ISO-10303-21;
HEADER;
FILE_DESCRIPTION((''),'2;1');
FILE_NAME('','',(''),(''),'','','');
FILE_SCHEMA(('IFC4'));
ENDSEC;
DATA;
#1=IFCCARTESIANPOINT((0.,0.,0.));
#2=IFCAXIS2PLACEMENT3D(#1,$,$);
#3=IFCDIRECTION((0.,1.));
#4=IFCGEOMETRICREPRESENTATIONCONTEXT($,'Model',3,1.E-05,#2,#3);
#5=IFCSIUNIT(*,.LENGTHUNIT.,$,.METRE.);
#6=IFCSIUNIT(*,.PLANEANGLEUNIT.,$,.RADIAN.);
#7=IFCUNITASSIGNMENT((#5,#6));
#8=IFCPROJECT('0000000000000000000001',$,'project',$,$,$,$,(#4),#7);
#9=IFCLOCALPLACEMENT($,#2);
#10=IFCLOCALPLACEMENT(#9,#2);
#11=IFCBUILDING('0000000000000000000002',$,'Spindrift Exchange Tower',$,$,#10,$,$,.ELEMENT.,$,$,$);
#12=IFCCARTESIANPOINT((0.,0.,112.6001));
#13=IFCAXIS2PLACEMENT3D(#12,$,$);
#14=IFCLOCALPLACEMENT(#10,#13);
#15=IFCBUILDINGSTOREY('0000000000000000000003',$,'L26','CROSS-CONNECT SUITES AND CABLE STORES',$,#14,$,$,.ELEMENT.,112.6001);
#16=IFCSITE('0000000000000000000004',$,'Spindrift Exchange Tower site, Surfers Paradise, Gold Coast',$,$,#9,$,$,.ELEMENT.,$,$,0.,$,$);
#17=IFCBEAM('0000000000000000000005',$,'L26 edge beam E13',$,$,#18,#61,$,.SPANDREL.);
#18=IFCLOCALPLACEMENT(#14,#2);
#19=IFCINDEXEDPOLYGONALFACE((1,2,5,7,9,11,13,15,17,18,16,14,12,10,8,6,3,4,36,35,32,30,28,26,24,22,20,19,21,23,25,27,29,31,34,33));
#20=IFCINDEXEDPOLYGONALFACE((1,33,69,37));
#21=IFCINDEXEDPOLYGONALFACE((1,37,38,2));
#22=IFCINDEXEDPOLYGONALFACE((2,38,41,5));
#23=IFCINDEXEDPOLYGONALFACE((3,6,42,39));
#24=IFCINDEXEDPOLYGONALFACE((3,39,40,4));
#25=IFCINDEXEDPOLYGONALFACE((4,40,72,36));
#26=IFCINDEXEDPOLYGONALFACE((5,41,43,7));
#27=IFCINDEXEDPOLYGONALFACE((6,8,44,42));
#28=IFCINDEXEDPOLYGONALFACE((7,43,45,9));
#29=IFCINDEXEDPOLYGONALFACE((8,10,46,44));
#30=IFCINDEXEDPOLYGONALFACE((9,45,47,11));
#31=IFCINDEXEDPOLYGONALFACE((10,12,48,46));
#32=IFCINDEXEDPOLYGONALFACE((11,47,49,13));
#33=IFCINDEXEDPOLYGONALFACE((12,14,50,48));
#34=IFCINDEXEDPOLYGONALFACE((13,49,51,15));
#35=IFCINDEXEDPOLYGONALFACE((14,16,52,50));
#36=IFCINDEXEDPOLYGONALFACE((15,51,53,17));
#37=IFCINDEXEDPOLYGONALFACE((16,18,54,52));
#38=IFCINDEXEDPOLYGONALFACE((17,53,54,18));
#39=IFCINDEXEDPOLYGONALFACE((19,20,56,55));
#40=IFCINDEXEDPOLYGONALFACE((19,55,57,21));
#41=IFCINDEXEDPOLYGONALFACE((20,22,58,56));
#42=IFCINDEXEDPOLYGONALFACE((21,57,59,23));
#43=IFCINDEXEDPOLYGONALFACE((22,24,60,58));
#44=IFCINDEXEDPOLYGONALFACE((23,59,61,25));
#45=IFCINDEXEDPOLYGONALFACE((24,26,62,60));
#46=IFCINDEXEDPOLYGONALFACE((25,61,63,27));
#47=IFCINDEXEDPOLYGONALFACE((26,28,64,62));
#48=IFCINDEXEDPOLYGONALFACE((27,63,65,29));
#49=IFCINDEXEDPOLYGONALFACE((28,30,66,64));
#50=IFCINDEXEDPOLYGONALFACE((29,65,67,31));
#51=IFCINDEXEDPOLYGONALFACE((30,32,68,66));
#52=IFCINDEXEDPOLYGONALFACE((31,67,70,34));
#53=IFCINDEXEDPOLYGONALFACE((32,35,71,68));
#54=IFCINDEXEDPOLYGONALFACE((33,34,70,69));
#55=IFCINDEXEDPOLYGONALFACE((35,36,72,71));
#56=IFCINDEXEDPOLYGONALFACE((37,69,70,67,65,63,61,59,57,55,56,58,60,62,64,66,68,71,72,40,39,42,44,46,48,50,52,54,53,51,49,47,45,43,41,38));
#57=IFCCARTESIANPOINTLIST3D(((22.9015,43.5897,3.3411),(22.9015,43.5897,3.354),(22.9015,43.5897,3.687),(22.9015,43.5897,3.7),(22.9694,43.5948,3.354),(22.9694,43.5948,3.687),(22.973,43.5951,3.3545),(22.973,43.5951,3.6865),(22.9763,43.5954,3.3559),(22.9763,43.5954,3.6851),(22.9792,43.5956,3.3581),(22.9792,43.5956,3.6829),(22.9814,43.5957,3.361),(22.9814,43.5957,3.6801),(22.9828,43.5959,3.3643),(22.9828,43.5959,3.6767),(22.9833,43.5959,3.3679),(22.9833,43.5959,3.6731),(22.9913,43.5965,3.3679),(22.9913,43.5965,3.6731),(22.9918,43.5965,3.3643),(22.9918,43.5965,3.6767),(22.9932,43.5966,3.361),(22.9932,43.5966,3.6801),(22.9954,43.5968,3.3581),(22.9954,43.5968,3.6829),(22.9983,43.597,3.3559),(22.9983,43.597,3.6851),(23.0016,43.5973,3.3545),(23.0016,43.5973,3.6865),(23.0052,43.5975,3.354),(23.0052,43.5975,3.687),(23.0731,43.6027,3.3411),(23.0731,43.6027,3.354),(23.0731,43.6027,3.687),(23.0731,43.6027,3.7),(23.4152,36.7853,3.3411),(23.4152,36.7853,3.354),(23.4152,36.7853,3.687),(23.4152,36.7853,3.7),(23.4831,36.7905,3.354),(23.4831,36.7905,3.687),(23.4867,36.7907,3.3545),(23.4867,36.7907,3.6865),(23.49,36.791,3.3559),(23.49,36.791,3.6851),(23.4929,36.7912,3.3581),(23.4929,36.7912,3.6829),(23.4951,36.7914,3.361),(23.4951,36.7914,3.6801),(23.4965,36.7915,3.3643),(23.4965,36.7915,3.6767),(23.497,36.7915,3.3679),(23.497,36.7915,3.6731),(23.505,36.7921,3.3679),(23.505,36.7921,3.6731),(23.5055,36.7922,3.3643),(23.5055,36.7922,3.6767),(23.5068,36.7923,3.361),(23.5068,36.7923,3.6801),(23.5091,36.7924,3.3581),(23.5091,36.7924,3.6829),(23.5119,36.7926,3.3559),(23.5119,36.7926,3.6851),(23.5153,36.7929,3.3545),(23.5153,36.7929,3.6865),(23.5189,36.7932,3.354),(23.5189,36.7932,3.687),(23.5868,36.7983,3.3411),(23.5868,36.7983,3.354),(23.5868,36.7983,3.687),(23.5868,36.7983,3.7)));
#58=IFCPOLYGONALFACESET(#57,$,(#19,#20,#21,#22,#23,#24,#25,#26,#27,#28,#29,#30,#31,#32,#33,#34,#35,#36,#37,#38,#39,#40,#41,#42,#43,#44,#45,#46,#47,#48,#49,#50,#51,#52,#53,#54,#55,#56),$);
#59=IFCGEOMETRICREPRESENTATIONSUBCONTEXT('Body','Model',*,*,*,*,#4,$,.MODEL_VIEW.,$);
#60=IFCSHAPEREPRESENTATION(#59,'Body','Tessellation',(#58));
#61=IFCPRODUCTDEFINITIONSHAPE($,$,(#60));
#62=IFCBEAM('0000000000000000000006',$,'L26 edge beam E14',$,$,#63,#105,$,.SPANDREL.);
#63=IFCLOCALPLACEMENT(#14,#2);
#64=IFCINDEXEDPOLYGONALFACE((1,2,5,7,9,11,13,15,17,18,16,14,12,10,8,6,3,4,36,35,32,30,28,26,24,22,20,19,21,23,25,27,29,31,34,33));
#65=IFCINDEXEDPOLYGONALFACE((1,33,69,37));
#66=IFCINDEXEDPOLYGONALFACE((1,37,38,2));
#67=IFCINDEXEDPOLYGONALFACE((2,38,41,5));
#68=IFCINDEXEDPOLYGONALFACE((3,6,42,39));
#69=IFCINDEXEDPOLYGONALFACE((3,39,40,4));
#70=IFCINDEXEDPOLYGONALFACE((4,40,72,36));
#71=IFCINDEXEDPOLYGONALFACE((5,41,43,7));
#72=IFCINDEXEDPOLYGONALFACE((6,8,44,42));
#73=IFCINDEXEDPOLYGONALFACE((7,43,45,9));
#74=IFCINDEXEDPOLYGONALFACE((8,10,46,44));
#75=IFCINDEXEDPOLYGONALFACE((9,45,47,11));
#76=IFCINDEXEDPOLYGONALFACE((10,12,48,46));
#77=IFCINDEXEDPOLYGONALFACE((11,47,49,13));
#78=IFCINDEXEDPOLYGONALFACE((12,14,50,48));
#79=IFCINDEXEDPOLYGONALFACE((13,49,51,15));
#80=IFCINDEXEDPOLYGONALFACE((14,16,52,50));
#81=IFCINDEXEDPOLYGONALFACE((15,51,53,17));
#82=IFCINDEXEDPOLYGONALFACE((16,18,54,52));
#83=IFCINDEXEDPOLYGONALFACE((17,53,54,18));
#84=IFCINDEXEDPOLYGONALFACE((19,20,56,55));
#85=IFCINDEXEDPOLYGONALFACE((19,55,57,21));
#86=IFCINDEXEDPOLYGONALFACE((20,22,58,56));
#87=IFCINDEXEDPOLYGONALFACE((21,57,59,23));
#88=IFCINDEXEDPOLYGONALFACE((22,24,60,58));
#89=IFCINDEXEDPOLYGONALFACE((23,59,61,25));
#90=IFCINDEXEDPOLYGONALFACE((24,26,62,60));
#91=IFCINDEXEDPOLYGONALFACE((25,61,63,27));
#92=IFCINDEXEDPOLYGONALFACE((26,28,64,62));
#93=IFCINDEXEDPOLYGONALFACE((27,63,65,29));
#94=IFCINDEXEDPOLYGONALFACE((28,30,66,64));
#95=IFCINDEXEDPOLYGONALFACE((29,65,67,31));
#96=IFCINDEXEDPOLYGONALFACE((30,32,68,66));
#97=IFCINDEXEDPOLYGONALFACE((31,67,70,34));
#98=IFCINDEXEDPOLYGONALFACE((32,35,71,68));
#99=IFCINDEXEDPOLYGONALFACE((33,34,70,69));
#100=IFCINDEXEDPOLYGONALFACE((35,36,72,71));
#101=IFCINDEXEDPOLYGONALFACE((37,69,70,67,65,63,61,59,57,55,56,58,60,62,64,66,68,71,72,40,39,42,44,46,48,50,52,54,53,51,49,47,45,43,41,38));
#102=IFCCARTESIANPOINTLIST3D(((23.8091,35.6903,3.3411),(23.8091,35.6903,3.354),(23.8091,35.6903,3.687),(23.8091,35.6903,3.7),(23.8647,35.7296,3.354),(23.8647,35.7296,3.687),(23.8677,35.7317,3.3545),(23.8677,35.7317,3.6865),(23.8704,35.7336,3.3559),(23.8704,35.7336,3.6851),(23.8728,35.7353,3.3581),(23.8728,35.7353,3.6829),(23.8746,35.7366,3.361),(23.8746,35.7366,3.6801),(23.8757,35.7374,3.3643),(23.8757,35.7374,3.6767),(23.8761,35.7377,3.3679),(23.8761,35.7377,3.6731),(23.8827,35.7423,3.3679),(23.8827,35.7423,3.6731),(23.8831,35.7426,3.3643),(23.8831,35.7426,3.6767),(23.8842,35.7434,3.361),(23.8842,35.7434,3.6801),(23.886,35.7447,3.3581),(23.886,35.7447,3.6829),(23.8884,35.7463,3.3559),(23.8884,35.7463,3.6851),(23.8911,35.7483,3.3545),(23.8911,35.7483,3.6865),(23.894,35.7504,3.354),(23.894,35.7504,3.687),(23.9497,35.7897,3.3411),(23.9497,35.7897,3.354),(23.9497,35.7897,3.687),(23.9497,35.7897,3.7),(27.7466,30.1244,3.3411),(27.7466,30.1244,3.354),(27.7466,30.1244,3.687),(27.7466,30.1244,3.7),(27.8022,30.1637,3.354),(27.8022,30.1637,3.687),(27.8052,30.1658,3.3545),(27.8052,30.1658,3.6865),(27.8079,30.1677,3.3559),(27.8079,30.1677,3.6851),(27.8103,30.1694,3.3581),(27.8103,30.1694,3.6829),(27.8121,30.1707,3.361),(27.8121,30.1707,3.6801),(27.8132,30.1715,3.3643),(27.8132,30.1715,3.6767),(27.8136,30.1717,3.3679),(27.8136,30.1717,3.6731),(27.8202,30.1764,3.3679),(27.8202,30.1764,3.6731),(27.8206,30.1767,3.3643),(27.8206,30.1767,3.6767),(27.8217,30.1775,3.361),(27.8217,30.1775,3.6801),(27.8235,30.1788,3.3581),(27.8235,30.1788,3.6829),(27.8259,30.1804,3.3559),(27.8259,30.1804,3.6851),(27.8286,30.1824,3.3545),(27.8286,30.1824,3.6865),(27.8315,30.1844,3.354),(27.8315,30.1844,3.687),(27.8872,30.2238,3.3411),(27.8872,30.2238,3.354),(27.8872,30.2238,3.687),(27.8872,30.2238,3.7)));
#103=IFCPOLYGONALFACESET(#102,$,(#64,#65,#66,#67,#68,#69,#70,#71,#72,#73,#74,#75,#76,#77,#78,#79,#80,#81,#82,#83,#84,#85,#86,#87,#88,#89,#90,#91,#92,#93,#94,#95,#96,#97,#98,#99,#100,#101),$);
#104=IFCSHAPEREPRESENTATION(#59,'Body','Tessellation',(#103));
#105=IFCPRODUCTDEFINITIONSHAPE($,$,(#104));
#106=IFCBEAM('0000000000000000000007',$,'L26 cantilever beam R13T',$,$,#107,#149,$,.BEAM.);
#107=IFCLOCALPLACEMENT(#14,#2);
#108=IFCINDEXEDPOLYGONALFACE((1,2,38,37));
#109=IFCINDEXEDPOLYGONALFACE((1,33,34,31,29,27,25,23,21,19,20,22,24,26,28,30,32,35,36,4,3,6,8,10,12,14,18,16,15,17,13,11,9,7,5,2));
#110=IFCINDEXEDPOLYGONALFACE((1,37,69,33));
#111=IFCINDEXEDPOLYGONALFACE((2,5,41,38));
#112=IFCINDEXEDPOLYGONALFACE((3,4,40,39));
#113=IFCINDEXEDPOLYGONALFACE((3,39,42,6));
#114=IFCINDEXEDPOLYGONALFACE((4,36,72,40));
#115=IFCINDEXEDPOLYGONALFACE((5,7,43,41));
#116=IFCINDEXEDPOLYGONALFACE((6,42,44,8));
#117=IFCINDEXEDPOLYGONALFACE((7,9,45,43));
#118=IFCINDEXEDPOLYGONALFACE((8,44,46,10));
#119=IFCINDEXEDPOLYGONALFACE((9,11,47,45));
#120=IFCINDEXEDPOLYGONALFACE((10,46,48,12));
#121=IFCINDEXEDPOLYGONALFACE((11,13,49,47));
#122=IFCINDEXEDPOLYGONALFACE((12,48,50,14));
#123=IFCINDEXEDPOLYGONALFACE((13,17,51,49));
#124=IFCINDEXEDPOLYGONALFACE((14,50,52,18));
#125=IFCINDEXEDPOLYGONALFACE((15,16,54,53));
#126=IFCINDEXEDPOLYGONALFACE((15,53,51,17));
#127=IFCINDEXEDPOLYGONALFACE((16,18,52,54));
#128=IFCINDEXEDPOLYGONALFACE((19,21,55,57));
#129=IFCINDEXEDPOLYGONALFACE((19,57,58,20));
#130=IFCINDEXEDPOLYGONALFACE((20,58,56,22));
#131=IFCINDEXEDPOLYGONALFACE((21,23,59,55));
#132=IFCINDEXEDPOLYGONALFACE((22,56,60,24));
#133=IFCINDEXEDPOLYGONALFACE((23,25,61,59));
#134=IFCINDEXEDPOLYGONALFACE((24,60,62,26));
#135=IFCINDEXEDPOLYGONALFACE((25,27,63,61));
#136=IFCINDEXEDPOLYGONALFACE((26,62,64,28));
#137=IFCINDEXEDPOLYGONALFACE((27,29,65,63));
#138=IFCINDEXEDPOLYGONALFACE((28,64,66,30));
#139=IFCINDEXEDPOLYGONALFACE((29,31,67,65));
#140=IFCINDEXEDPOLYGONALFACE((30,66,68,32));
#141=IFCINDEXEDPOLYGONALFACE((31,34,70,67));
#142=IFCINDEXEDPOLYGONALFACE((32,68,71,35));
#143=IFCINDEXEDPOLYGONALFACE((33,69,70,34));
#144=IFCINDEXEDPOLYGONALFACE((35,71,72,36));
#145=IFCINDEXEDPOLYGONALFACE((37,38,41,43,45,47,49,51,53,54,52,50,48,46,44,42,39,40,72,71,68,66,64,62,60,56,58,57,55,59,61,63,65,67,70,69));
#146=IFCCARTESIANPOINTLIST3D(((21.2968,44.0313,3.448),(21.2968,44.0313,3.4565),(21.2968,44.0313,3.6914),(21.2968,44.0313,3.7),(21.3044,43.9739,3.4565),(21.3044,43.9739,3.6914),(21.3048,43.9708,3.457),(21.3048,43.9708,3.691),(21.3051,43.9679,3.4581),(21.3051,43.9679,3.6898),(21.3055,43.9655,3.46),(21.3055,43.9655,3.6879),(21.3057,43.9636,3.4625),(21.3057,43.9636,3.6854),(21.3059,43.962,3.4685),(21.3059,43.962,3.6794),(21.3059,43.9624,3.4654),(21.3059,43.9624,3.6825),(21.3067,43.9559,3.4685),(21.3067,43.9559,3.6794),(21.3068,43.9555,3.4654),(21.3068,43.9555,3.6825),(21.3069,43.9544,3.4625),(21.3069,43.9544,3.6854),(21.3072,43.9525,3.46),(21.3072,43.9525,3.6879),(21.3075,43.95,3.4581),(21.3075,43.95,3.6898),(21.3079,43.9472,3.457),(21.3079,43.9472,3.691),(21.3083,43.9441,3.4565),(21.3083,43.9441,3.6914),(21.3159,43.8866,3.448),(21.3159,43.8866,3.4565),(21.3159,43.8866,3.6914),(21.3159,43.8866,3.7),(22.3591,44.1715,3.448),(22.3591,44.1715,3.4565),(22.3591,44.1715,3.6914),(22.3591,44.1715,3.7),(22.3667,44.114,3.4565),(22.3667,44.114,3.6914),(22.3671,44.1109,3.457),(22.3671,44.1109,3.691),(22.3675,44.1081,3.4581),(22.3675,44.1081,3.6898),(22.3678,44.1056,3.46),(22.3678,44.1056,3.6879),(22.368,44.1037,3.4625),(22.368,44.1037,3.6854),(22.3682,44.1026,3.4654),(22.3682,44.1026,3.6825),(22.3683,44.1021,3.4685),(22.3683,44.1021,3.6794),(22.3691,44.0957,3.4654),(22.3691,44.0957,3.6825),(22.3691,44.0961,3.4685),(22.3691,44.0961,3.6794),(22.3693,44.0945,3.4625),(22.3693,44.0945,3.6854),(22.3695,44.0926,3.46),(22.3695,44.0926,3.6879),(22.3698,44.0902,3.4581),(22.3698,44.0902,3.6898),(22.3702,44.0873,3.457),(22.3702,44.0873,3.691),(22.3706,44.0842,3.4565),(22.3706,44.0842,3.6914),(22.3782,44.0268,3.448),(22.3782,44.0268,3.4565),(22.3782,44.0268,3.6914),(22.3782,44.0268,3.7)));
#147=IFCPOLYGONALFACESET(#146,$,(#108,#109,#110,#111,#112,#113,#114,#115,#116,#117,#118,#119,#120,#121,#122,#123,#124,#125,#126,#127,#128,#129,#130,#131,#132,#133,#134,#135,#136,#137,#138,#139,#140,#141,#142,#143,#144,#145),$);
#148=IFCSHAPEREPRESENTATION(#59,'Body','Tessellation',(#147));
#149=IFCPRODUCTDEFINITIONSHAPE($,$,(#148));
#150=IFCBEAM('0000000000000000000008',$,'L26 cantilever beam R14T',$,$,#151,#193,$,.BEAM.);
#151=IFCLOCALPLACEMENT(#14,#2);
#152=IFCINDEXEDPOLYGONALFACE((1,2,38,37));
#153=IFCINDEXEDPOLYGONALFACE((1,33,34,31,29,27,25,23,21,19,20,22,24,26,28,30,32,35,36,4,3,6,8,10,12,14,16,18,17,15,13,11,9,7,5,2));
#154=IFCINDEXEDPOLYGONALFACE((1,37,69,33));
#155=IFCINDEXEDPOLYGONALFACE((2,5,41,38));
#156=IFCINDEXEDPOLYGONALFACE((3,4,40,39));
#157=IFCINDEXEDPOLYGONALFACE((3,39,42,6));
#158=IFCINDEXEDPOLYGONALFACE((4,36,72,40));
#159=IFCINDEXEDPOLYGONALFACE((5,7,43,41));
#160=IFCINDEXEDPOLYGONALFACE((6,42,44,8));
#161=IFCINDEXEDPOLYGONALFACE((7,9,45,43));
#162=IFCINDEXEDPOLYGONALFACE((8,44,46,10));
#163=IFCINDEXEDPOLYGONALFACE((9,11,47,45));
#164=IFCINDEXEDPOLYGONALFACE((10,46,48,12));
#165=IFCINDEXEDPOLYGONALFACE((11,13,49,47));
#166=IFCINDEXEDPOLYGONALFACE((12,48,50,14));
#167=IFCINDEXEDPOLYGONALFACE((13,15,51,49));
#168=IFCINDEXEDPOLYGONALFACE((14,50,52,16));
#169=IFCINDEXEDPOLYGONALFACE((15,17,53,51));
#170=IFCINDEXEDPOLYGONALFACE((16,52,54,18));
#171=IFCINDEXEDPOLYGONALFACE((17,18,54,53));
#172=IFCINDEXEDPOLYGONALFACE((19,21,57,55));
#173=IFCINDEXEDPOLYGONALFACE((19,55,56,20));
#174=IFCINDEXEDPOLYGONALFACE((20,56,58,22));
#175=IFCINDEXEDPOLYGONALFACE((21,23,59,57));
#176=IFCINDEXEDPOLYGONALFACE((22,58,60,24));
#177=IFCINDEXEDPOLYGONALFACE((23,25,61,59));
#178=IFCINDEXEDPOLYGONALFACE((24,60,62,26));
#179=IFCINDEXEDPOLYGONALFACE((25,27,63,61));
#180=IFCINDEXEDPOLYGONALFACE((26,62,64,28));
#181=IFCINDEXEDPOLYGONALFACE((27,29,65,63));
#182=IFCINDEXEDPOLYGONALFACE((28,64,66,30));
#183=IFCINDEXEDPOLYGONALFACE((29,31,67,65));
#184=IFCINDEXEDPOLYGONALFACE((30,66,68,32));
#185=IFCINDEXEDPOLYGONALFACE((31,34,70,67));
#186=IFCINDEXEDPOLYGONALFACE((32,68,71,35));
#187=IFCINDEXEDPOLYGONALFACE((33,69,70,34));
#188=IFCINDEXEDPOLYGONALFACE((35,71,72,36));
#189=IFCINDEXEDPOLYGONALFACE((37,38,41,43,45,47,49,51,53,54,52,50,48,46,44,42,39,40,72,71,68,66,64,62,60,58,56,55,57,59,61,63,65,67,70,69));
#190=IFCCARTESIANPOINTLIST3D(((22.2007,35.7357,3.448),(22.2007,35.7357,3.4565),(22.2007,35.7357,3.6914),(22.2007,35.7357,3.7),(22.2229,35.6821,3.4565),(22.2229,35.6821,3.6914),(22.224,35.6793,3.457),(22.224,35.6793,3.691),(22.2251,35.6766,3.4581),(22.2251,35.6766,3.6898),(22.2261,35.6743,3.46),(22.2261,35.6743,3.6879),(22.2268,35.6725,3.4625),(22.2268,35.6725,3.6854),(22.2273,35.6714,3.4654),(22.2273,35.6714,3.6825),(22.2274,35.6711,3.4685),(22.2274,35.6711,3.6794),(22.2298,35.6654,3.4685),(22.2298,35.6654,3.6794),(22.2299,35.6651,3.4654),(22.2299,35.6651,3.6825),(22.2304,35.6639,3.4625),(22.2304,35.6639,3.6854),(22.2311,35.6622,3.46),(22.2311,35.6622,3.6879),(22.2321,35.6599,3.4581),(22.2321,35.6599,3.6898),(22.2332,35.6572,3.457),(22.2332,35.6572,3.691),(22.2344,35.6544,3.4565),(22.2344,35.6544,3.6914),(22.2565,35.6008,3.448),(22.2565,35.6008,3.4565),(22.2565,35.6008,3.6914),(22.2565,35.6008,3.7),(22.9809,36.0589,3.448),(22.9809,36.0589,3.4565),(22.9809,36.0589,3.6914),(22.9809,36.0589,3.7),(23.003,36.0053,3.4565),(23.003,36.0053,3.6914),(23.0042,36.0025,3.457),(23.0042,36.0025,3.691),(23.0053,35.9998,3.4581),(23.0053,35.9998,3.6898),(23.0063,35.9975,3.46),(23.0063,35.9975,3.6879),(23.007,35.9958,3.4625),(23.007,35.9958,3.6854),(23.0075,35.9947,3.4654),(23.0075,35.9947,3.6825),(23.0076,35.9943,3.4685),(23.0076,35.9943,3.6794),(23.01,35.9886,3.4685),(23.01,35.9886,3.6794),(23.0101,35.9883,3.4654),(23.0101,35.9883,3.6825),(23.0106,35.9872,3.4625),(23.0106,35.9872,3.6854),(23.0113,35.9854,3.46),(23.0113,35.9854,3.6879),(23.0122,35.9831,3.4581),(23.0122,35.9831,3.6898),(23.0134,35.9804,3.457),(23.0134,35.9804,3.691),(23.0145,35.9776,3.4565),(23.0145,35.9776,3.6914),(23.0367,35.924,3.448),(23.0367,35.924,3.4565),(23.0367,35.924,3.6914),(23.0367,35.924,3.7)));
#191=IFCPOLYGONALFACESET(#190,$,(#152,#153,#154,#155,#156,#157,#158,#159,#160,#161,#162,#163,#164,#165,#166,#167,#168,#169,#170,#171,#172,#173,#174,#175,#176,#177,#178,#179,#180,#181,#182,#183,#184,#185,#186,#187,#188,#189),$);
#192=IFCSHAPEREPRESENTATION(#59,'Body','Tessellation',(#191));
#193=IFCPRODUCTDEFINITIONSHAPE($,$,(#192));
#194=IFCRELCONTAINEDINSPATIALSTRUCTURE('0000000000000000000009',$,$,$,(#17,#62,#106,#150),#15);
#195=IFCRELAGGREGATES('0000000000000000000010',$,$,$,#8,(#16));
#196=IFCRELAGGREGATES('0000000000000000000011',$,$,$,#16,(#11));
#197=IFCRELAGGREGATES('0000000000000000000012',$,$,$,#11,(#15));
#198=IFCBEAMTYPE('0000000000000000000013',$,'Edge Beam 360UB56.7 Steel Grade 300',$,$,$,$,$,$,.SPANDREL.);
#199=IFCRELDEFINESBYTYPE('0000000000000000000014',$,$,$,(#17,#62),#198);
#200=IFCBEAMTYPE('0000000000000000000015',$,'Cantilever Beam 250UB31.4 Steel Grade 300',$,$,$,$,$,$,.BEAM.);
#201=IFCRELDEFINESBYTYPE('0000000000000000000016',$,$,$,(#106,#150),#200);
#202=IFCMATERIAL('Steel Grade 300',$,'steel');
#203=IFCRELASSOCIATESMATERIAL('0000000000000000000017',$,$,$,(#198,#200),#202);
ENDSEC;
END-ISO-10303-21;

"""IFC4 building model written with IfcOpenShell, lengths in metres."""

from ifc_helpers import new_model, si_unit, direction, frame, origin, origin_2d, place, context, subcontext, project, spatial, i_section, extrude, source, transform, mapped, material, material_profile, profile_set, type_object, element, save


model = new_model("IFC4")

# Units and contexts
model_context = context("Model", 3, precision=1e-05, world=origin(), true_north=direction((0.0, 1.0)))
body_context = subcontext(model_context, "Body", "Model", "MODEL_VIEW")
ifc_project = project(units=[si_unit("LENGTHUNIT", "METRE"), si_unit("PLANEANGLEUNIT", "RADIAN")], contexts=[model_context])

# Site, building, storey
site_placement = place(None, origin())
site = spatial("IfcSite", under=ifc_project, at=site_placement, Name="Spindrift Exchange Tower site, Surfers Paradise, Gold Coast", CompositionType="ELEMENT", RefElevation=0.0)
building_placement = place(site_placement, origin())
building = spatial("IfcBuilding", under=site, at=building_placement, Name="Spindrift Exchange Tower", CompositionType="ELEMENT")
storey_placement = place(building_placement, frame((0.0, 0.0, 112.6001)))
storey = spatial("IfcBuildingStorey", under=building, at=storey_placement, Name="L26", Description="CROSS-CONNECT SUITES AND CABLE STORES", CompositionType="ELEMENT", Elevation=112.6001)

# Beams
ifc_material_1 = material(Name="Steel Grade 300", Category="steel")
ifc_material_profile_1 = material_profile(ifc_material_1, i_section(OverallWidth=0.1721, OverallDepth=0.3589, WebThickness=0.0081, FlangeThickness=0.0129, FilletRadius=0.0139, at=origin_2d()), Name="360UB56.7")
ifc_profile_set_1 = profile_set([ifc_material_profile_1], Name="Steel Grade 300")
beam_type_1 = type_object("IfcBeamType", Name="Edge Beam 360UB56.7 Steel Grade 300", PredefinedType="SPANDREL", material=ifc_profile_set_1)
shared_shape_1 = source(origin(), body_context, "Body", "SweptSolid", [
    extrude(i_section(OverallWidth=0.1721, OverallDepth=0.3589, WebThickness=0.0081, FlangeThickness=0.0129, FilletRadius=0.0139, at=origin_2d()), origin(), (0.0, 0.0, 1.0), 6.8237),
])
beam_1_placement = place(storey_placement, frame((22.9873, 43.5962, 3.5205), z_axis=(0.075276, -0.997163, 0.0), x_axis=(0.997163, 0.075276, 0.0)))
element("IfcBeam", 1, at=beam_1_placement, inside=storey, type_object=beam_type_1, Name="L26 edge beam E13", PredefinedType="SPANDREL", context=body_context, shape_type="MappedRepresentation", body=[
    mapped(shared_shape_1, transform((0.0, 0.0, 0.0), scale=1.0)),
])
shared_shape_2 = source(origin(), body_context, "Body", "SweptSolid", [
    extrude(i_section(OverallWidth=0.1721, OverallDepth=0.3589, WebThickness=0.0081, FlangeThickness=0.0129, FilletRadius=0.0139, at=origin_2d()), origin(), (0.0, 0.0, 1.0), 6.8179),
])
beam_2_placement = place(storey_placement, frame((23.8794, 35.74, 3.5205), z_axis=(0.577526, -0.816372, 0.0), x_axis=(0.816372, 0.577526, 0.0)))
element("IfcBeam", 2, at=beam_2_placement, inside=storey, type_object=beam_type_1, Name="L26 edge beam E14", PredefinedType="SPANDREL", context=body_context, shape_type="MappedRepresentation", body=[
    mapped(shared_shape_2, transform((0.0, 0.0, 0.0), scale=1.0)),
])
ifc_material_profile_2 = material_profile(ifc_material_1, i_section(OverallWidth=0.146, OverallDepth=0.252, WebThickness=0.0061, FlangeThickness=0.0085, FilletRadius=0.012, at=origin_2d()), Name="250UB31.4")
ifc_profile_set_2 = profile_set([ifc_material_profile_2], Name="Steel Grade 300")
beam_type_2 = type_object("IfcBeamType", Name="Cantilever Beam 250UB31.4 Steel Grade 300", PredefinedType="BEAM", material=ifc_profile_set_2)
shared_shape_3 = source(origin(), body_context, "Body", "SweptSolid", [
    extrude(i_section(OverallWidth=0.146, OverallDepth=0.252, WebThickness=0.0061, FlangeThickness=0.0085, FilletRadius=0.012, at=origin_2d()), origin(), (0.0, 0.0, 1.0), 1.0715),
])
beam_3_placement = place(storey_placement, frame((22.3687, 44.0991, 3.574), z_axis=(-0.99141, -0.13079, 0.0), x_axis=(0.13079, -0.99141, 0.0)))
element("IfcBeam", 3, at=beam_3_placement, inside=storey, type_object=beam_type_2, Name="L26 cantilever beam R13T", PredefinedType="BEAM", context=body_context, shape_type="MappedRepresentation", body=[
    mapped(shared_shape_3, transform((0.0, 0.0, 0.0), scale=1.0)),
])
shared_shape_4 = source(origin(), body_context, "Body", "SweptSolid", [
    extrude(i_section(OverallWidth=0.146, OverallDepth=0.252, WebThickness=0.0061, FlangeThickness=0.0085, FilletRadius=0.012, at=origin_2d()), origin(), (0.0, 0.0, 1.0), 0.8445),
])
beam_4_placement = place(storey_placement, frame((23.0088, 35.9915, 3.574), z_axis=(-0.923862, -0.382726, 0.0), x_axis=(0.382726, -0.923862, 0.0)))
element("IfcBeam", 4, at=beam_4_placement, inside=storey, type_object=beam_type_2, Name="L26 cantilever beam R14T", PredefinedType="BEAM", context=body_context, shape_type="MappedRepresentation", body=[
    mapped(shared_shape_4, transform((0.0, 0.0, 0.0), scale=1.0)),
])

save(model, "model.ifc")
